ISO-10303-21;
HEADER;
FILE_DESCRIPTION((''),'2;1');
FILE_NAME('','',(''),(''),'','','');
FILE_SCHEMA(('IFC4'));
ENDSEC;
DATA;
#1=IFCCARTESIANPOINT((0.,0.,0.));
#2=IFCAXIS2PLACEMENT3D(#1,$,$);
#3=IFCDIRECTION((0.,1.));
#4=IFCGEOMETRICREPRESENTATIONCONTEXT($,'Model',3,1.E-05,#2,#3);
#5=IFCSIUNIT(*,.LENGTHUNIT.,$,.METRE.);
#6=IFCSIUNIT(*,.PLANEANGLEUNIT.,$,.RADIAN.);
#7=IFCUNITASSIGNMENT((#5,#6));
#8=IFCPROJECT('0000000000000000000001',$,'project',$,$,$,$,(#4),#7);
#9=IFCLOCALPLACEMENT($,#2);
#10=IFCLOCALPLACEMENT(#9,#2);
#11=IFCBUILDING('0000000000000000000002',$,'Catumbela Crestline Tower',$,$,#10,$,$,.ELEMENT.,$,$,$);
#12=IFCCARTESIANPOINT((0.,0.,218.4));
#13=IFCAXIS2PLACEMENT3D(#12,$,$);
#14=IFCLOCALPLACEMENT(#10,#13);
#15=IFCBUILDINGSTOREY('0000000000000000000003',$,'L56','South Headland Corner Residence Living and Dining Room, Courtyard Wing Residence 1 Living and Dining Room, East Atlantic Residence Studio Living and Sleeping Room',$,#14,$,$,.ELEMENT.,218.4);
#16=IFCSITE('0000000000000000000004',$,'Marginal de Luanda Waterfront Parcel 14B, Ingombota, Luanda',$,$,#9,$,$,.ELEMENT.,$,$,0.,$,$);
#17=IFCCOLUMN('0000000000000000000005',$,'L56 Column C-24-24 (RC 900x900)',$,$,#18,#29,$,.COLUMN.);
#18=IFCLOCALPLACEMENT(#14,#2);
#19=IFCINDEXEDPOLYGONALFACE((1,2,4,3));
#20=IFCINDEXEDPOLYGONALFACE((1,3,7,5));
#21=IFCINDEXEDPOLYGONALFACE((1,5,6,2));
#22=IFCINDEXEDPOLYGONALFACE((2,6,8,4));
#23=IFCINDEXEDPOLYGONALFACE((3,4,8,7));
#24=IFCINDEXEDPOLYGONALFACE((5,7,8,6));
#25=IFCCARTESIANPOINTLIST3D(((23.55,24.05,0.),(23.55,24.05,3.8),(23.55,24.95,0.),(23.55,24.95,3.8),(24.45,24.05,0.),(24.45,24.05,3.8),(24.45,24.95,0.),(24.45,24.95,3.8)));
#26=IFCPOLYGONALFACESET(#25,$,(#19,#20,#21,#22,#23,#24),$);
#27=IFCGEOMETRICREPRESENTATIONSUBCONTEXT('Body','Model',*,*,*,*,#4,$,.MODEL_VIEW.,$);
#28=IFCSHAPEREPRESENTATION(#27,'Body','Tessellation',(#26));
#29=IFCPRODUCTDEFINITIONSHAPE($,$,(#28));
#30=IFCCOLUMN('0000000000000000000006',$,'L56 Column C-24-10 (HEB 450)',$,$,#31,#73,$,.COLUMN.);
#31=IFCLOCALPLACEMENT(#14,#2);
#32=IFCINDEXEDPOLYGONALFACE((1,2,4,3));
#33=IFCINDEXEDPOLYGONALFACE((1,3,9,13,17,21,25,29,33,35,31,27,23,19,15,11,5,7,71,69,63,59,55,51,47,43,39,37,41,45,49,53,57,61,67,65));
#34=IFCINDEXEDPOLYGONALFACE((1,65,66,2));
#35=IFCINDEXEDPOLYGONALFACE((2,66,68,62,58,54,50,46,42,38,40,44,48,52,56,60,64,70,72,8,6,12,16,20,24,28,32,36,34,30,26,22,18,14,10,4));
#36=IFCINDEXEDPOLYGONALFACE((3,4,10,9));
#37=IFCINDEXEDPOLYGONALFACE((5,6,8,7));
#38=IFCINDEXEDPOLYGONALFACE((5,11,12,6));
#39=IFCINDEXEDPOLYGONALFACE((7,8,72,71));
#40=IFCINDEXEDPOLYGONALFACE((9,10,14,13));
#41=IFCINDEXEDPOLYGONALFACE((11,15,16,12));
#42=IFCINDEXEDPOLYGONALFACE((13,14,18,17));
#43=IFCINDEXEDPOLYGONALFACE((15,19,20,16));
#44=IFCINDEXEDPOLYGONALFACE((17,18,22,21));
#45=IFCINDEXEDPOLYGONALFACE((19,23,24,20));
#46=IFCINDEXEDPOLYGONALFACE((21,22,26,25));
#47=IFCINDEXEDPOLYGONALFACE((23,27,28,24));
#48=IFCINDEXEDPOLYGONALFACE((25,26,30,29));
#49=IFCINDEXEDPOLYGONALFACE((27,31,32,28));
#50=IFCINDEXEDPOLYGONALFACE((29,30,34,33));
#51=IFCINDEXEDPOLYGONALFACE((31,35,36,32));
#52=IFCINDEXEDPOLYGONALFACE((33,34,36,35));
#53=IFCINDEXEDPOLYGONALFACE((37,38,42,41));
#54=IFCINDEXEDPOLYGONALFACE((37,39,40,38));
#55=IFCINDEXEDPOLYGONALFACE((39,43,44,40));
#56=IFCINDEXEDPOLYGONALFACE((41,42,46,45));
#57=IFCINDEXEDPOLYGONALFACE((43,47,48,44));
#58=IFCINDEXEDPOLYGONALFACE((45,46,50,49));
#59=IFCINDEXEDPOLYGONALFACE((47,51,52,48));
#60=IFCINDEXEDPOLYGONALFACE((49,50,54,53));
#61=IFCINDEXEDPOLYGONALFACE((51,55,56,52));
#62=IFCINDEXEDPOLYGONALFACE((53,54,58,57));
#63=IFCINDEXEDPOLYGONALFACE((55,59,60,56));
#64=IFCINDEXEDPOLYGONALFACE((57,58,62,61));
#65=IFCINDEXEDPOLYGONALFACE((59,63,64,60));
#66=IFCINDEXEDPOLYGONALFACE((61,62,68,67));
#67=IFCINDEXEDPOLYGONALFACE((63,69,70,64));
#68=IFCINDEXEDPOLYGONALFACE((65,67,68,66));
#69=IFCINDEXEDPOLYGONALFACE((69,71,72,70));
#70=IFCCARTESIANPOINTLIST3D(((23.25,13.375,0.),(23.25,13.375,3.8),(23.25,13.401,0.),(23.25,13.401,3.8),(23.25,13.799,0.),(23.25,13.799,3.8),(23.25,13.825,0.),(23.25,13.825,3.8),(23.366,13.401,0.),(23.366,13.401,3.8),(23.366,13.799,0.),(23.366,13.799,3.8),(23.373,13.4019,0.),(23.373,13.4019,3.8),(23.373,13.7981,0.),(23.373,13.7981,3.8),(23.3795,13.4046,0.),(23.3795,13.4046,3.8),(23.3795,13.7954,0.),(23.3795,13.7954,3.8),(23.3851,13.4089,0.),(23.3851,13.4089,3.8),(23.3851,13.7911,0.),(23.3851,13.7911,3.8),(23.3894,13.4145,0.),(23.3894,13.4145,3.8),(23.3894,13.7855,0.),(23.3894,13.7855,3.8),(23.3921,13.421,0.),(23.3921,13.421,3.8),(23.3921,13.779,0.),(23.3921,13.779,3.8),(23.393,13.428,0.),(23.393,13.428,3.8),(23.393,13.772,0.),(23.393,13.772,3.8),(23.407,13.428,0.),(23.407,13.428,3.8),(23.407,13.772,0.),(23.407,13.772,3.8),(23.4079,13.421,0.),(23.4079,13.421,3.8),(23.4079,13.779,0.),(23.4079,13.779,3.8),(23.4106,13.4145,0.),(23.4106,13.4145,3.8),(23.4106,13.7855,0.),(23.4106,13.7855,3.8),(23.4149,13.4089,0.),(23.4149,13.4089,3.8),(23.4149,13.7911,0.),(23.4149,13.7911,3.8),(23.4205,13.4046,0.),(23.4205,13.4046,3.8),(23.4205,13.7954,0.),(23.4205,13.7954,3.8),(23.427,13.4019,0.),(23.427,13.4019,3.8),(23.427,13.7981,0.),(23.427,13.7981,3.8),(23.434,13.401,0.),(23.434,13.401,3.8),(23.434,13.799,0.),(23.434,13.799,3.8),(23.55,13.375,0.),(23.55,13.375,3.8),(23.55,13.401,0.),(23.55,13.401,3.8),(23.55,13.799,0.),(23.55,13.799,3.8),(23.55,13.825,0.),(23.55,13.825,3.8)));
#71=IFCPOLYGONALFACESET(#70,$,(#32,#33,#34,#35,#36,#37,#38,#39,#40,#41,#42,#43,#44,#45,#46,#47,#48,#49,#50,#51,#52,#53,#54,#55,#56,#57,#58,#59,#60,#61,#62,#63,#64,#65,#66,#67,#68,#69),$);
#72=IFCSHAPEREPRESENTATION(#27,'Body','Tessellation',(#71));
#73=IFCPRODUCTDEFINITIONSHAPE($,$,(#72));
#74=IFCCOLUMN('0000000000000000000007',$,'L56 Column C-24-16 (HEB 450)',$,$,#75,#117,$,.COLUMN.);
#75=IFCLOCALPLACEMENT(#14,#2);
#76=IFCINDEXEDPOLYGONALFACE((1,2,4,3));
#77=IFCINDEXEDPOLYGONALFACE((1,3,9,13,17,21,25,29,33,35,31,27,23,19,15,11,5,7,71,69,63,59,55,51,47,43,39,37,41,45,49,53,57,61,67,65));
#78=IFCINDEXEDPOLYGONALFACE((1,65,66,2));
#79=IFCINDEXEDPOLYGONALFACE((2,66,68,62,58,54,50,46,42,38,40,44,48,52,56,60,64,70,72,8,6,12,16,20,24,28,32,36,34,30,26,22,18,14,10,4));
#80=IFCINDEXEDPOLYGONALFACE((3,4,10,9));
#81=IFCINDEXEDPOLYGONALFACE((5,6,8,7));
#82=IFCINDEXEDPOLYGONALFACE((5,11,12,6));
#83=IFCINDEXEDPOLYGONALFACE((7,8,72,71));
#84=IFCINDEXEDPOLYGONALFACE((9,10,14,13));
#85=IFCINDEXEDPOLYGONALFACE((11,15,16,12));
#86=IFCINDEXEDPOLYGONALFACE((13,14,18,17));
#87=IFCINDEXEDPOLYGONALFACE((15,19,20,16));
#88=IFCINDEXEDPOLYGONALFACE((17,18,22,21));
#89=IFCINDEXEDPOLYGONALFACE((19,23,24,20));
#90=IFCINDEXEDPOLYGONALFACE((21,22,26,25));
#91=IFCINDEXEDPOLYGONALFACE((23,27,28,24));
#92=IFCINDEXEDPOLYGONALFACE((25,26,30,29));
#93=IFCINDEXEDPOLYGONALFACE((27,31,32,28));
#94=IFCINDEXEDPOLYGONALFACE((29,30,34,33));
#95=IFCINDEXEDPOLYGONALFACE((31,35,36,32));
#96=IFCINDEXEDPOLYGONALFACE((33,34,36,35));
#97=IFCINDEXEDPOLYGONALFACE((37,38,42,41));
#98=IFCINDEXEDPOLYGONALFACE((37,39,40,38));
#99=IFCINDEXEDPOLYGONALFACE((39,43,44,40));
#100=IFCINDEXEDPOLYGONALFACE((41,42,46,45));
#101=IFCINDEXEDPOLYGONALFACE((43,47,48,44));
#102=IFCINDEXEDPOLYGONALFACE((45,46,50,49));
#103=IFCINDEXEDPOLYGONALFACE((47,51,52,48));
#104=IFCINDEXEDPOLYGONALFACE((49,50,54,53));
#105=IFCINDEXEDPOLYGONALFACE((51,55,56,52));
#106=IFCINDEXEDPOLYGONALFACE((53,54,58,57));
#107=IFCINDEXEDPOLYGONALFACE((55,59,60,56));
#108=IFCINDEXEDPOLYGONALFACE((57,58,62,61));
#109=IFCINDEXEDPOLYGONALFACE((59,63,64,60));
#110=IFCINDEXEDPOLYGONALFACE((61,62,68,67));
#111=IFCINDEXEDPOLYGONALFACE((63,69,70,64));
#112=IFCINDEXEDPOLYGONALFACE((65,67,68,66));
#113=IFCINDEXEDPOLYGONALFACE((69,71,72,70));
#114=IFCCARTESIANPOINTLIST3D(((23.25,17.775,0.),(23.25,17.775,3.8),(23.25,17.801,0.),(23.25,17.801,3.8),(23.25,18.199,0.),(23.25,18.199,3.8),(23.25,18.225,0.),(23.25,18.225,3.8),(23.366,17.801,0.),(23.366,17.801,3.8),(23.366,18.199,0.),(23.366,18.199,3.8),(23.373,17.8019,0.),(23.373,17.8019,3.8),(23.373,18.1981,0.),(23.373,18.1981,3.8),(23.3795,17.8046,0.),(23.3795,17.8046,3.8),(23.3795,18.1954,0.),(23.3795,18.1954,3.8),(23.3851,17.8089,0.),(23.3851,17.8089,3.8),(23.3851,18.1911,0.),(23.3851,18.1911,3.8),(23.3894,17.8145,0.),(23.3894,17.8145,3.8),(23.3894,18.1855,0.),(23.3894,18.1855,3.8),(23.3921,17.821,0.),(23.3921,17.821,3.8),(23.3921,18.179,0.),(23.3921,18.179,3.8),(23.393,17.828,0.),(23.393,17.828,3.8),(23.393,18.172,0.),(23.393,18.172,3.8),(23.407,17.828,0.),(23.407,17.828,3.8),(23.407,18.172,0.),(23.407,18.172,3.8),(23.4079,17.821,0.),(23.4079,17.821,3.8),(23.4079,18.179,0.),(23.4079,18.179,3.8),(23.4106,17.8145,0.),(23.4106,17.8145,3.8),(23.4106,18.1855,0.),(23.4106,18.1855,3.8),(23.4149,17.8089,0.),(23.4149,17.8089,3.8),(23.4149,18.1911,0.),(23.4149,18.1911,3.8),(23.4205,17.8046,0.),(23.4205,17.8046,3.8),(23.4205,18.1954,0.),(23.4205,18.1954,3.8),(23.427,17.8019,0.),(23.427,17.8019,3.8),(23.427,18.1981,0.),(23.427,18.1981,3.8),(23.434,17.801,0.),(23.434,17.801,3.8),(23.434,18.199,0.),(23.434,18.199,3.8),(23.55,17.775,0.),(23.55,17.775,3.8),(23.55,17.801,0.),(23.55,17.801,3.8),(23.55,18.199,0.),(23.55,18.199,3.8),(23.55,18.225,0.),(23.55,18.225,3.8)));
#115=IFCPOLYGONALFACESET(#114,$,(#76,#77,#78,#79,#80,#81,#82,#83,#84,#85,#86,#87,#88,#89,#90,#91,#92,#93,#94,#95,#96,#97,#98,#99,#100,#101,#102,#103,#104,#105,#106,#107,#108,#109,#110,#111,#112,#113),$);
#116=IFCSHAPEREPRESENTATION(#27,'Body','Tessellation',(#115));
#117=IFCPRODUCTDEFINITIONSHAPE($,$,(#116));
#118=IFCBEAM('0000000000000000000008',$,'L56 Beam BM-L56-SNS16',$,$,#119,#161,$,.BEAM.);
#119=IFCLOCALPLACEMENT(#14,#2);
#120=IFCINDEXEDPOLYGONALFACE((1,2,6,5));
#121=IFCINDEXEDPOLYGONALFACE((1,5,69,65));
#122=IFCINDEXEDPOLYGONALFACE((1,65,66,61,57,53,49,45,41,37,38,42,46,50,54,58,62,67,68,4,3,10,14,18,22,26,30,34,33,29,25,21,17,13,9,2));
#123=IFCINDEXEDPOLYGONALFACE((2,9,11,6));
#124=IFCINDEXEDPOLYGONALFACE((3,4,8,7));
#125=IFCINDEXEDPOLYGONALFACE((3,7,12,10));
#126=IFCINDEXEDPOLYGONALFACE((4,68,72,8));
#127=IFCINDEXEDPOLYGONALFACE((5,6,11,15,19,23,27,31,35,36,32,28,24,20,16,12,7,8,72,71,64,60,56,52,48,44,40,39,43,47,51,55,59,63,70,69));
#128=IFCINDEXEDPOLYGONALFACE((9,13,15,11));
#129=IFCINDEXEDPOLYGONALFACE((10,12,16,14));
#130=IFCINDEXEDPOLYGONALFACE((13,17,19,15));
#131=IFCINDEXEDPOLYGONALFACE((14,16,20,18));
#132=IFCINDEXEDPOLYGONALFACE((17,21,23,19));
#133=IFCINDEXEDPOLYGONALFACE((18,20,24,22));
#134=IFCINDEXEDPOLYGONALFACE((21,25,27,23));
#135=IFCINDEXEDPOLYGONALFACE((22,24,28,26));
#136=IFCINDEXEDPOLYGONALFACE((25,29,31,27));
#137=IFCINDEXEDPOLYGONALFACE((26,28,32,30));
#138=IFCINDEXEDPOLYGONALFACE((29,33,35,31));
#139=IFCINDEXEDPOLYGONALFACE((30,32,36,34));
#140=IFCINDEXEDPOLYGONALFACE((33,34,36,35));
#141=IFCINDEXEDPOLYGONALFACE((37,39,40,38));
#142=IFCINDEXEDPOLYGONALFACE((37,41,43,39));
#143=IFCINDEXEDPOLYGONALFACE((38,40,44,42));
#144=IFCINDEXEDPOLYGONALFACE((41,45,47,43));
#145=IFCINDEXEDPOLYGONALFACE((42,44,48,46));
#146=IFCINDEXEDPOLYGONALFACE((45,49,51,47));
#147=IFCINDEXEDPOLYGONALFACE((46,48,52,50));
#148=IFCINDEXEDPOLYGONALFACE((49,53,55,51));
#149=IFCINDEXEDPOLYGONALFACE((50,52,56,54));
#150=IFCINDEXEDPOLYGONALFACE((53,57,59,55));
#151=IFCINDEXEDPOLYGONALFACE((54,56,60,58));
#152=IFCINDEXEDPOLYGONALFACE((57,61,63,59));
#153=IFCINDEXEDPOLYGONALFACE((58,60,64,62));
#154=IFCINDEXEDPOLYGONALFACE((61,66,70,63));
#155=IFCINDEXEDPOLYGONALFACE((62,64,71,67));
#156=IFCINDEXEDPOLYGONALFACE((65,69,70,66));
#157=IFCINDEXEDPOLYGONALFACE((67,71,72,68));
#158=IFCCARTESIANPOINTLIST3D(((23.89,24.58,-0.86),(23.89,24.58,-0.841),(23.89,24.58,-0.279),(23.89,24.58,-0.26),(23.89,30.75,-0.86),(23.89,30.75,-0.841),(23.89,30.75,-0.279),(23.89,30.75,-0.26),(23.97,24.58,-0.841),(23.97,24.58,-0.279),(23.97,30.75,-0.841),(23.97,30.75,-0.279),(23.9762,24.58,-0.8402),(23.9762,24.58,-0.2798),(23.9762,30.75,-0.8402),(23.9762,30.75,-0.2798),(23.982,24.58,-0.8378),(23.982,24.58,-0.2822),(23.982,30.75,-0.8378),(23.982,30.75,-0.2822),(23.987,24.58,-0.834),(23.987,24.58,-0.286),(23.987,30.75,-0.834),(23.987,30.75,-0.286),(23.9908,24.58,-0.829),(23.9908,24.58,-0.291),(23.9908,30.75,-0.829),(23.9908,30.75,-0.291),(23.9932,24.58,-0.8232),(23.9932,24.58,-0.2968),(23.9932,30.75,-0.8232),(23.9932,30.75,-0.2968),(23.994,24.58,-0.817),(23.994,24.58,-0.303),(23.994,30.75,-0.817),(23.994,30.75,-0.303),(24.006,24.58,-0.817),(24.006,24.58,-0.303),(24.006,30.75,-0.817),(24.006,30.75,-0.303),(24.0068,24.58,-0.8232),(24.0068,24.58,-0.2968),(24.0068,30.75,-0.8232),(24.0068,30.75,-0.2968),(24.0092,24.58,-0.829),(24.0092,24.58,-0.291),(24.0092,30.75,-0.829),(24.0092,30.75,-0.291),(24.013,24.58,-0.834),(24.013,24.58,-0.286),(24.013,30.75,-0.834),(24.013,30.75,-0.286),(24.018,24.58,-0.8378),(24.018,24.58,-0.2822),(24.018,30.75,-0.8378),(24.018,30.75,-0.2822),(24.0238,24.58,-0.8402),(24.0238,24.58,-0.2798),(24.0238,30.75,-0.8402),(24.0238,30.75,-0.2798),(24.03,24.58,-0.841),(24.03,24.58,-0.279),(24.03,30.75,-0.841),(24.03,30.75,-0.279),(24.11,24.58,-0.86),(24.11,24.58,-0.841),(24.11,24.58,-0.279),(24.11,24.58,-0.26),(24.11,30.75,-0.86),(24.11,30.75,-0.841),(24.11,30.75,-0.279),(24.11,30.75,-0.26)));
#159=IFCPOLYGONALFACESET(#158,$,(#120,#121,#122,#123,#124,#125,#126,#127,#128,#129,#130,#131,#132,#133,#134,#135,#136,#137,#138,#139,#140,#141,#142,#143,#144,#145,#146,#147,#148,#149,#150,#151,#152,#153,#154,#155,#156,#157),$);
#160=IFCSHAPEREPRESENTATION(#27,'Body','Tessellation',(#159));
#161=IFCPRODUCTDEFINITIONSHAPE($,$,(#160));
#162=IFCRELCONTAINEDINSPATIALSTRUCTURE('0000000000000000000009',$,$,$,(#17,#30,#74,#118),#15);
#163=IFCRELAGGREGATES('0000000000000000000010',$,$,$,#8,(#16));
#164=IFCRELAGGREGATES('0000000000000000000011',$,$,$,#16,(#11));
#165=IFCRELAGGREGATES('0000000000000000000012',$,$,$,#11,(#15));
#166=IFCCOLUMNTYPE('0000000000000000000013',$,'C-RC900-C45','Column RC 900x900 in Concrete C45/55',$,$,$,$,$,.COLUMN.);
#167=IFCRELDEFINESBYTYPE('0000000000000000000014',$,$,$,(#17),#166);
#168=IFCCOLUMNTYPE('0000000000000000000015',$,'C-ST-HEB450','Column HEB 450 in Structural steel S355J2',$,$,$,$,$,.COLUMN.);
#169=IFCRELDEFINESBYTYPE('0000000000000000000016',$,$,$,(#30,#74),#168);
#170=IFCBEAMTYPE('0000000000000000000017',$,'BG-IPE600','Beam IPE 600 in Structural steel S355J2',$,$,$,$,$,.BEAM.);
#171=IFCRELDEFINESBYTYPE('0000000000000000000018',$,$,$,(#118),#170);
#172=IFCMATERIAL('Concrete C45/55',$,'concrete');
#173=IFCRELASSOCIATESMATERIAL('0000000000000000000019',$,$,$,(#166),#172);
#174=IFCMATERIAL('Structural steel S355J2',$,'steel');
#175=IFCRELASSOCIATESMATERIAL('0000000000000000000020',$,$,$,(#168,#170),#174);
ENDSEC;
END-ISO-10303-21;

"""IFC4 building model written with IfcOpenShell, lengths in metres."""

from ifc_helpers import new_model, si_unit, direction, frame, origin, origin_2d, place, context, subcontext, project, spatial, rectangle, i_section, extrude, material, material_profile, profile_set, type_object, element, save


model = new_model("IFC4")

# Units and contexts
model_context = context("Model", 3, precision=1e-05, world=origin(), true_north=direction((0.0, 1.0)))
body_context = subcontext(model_context, "Body", "Model", "MODEL_VIEW")
ifc_project = project(units=[si_unit("LENGTHUNIT", "METRE"), si_unit("PLANEANGLEUNIT", "RADIAN")], contexts=[model_context])

# Site, building, storey
site_placement = place(None, origin())
site = spatial("IfcSite", under=ifc_project, at=site_placement, Name="Marginal de Luanda Waterfront Parcel 14B, Ingombota, Luanda", CompositionType="ELEMENT", RefElevation=0.0)
building_placement = place(site_placement, origin())
building = spatial("IfcBuilding", under=site, at=building_placement, Name="Catumbela Crestline Tower", CompositionType="ELEMENT")
storey_placement = place(building_placement, frame((0.0, 0.0, 218.4)))
storey = spatial("IfcBuildingStorey", under=building, at=storey_placement, Name="L56", Description="South Headland Corner Residence Living and Dining Room, Courtyard Wing Residence 1 Living and Dining Room, East Atlantic Residence Studio Living and Sleeping Room", CompositionType="ELEMENT", Elevation=218.4)

# Columns
ifc_material_1 = material(Name="Concrete C45/55", Category="concrete")
ifc_material_profile_1 = material_profile(ifc_material_1, rectangle(XDim=0.9, YDim=0.9, at=origin_2d()), Name="RC 900x900")
ifc_profile_set_1 = profile_set([ifc_material_profile_1], Name="Concrete C45/55")
column_type_1 = type_object("IfcColumnType", Name="C-RC900-C45", Description="Column RC 900x900 in Concrete C45/55", PredefinedType="COLUMN", material=ifc_profile_set_1)
column_placement = place(storey_placement, frame((24.0, 24.5, 0.0), z_axis=(0.0, 0.0, 1.0), x_axis=(1.0, 0.0, 0.0)))
element("IfcColumn", 1, at=column_placement, inside=storey, type_object=column_type_1, Name="L56 Column C-24-24 (RC 900x900)", PredefinedType="COLUMN", context=body_context, shape_type="SweptSolid", body=[
    extrude(rectangle(XDim=0.9, YDim=0.9, at=origin_2d()), origin(), (0.0, 0.0, 1.0), 3.8),
])
ifc_material_2 = material(Name="Structural steel S355J2", Category="steel")
ifc_material_profile_2 = material_profile(ifc_material_2, i_section(OverallWidth=0.3, OverallDepth=0.45, WebThickness=0.014, FlangeThickness=0.026, FilletRadius=0.027, at=origin_2d()), Name="HEB 450")
ifc_profile_set_2 = profile_set([ifc_material_profile_2], Name="Structural steel S355J2")
column_type_2 = type_object("IfcColumnType", Name="C-ST-HEB450", Description="Column HEB 450 in Structural steel S355J2", PredefinedType="COLUMN", material=ifc_profile_set_2)
for number, where, z_axis, x_axis, name in (
    (2, (23.4, 13.6, 0.0), (0.0, 0.0, 1.0), (1.0, 0.0, 0.0), "L56 Column C-24-10 (HEB 450)"),
    (3, (23.4, 18.0, 0.0), (0.0, 0.0, 1.0), (1.0, 0.0, 0.0), "L56 Column C-24-16 (HEB 450)"),
):
    element("IfcColumn", number, at=place(storey_placement, frame(where, z_axis=z_axis, x_axis=x_axis)), inside=storey, type_object=column_type_2, Name=name, PredefinedType="COLUMN", context=body_context, shape_type="SweptSolid", body=[
        extrude(i_section(OverallWidth=0.3, OverallDepth=0.45, WebThickness=0.014, FlangeThickness=0.026, FilletRadius=0.027, at=origin_2d()), origin(), (0.0, 0.0, 1.0), 3.8),
    ])

# Beam
ifc_material_profile_3 = material_profile(ifc_material_2, i_section(OverallWidth=0.22, OverallDepth=0.6, WebThickness=0.012, FlangeThickness=0.019, FilletRadius=0.024, at=origin_2d()), Name="IPE 600")
ifc_profile_set_3 = profile_set([ifc_material_profile_3], Name="Structural steel S355J2")
beam_type_1 = type_object("IfcBeamType", Name="BG-IPE600", Description="Beam IPE 600 in Structural steel S355J2", PredefinedType="BEAM", material=ifc_profile_set_3)
beam_1_placement = place(storey_placement, frame((24.0, 24.58, -0.56), z_axis=(0.0, 1.0, 0.0), x_axis=(-1.0, 0.0, 0.0)))
element("IfcBeam", 4, at=beam_1_placement, inside=storey, type_object=beam_type_1, Name="L56 Beam BM-L56-SNS16", PredefinedType="BEAM", context=body_context, shape_type="SweptSolid", body=[
    extrude(i_section(OverallWidth=0.22, OverallDepth=0.6, WebThickness=0.012, FlangeThickness=0.019, FilletRadius=0.024, at=origin_2d()), origin(), (0.0, 0.0, 1.0), 6.17),
])

save(model, "model.ifc")
